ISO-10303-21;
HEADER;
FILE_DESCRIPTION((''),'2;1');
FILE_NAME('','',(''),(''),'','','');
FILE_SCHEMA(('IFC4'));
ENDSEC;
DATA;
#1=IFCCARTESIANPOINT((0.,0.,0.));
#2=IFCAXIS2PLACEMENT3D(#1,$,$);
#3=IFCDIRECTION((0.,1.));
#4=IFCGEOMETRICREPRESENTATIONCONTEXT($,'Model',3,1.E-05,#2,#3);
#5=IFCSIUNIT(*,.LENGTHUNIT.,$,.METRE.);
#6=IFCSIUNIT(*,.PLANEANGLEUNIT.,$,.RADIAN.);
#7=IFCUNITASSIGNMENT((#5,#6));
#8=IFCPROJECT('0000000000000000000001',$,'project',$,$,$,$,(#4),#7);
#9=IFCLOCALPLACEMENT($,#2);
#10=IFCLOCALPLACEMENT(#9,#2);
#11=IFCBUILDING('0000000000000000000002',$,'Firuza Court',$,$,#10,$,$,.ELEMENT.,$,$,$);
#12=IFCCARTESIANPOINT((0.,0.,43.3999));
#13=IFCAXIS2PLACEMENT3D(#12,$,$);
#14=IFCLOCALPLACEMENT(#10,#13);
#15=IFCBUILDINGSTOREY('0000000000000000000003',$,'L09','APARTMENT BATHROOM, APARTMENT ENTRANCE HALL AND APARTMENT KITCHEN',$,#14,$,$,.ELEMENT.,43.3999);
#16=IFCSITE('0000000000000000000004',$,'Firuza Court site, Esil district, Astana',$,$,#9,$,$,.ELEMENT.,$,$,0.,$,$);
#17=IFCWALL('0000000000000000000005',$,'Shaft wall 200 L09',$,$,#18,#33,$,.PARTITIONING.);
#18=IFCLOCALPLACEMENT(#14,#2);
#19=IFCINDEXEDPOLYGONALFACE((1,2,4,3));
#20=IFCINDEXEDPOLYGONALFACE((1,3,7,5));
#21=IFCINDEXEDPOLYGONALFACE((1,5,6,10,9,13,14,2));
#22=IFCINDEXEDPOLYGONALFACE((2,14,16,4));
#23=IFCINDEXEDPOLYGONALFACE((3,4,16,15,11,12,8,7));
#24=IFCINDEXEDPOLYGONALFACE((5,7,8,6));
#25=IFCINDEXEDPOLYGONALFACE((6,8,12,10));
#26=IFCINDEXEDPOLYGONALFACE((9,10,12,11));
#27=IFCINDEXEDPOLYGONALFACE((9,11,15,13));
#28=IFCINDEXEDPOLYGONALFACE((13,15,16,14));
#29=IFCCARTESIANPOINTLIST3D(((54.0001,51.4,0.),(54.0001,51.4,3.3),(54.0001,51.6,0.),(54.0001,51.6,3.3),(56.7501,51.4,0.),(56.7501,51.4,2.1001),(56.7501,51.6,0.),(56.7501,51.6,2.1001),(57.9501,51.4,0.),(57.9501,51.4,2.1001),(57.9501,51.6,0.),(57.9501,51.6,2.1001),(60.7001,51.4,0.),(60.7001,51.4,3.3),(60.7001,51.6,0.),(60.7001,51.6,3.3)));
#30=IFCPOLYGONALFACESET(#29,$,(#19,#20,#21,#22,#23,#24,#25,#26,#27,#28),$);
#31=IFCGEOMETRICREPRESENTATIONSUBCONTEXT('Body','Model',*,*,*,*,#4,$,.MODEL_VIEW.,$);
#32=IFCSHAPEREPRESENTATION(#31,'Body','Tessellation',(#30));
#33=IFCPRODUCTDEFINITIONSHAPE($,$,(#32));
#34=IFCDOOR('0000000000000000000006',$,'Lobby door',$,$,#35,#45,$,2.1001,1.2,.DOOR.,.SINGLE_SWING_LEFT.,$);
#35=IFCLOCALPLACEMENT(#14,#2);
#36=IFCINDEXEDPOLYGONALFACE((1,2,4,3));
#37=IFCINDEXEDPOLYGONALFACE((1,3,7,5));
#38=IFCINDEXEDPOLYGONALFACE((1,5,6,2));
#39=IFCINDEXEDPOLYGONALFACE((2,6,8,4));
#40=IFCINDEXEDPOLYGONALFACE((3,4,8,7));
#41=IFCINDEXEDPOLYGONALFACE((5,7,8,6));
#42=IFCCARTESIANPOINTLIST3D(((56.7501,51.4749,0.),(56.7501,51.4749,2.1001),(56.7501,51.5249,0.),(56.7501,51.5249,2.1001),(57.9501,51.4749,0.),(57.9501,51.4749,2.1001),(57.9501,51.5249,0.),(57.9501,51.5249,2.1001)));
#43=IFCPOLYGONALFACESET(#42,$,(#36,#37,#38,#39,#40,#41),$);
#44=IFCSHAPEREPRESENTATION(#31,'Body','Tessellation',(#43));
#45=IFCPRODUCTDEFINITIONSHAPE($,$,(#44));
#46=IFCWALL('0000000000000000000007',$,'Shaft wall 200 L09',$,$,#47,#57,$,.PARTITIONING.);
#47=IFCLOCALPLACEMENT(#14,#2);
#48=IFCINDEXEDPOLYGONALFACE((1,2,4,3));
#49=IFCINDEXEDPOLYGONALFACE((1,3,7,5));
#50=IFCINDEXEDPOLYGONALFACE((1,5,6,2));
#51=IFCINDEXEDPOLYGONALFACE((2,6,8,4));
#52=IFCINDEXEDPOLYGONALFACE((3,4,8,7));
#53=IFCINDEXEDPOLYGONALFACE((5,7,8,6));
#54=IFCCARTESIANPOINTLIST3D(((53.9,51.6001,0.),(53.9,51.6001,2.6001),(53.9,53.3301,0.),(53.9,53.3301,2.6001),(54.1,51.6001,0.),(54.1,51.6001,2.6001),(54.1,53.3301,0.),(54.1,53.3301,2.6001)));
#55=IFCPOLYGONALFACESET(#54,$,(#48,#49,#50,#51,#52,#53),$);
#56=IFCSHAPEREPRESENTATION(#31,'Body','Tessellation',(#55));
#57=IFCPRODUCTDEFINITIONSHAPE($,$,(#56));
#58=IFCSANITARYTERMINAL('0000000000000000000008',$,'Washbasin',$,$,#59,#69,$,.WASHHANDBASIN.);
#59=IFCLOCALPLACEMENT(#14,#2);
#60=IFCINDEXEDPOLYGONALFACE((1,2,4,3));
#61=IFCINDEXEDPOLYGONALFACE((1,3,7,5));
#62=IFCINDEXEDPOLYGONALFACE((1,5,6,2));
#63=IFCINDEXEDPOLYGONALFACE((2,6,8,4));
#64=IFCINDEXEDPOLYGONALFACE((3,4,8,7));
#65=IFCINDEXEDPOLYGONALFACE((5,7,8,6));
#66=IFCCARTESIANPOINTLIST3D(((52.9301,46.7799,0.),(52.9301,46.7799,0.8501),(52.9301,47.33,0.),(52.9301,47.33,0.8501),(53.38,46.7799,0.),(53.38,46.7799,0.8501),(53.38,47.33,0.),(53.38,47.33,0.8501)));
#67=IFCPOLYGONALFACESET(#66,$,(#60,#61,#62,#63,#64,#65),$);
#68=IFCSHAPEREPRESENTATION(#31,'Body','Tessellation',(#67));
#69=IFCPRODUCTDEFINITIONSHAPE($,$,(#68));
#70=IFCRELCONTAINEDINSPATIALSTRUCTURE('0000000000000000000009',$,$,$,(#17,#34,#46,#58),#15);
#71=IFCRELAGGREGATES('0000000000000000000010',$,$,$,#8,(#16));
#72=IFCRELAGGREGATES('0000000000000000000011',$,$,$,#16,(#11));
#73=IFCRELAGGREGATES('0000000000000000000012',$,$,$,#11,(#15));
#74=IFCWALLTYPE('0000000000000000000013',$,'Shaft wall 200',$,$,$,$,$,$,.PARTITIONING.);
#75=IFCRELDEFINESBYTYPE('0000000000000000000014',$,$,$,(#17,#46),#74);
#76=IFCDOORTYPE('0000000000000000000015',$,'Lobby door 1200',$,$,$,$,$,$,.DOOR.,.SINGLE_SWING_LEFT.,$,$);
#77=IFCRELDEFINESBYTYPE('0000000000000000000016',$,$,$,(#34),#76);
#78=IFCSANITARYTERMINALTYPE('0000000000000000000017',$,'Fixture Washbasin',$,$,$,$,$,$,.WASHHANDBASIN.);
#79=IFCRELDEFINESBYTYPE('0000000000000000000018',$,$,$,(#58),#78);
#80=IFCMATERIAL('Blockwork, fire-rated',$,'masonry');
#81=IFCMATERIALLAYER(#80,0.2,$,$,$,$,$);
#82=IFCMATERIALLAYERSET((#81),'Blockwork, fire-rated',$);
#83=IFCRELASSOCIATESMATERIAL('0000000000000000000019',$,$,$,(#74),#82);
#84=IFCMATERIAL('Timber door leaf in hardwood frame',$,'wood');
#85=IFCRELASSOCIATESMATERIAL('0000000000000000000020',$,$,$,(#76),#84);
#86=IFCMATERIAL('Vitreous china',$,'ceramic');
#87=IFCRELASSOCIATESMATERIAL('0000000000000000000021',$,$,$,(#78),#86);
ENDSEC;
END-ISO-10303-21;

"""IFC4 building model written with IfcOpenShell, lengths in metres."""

from ifc_helpers import new_model, si_unit, direction, frame, frame_2d, origin, origin_2d, place, context, subcontext, project, spatial, rectangle, extrude, material, layer, layer_set, type_object, element, fill, save


model = new_model("IFC4")

# Units and contexts
model_context = context("Model", 3, precision=1e-05, world=origin(), true_north=direction((0.0, 1.0)))
body_context = subcontext(model_context, "Body", "Model", "MODEL_VIEW")
ifc_project = project(units=[si_unit("LENGTHUNIT", "METRE"), si_unit("PLANEANGLEUNIT", "RADIAN")], contexts=[model_context])

# Site, building, storey
site_placement = place(None, origin())
site = spatial("IfcSite", under=ifc_project, at=site_placement, Name="Firuza Court site, Esil district, Astana", CompositionType="ELEMENT", RefElevation=0.0)
building_placement = place(site_placement, origin())
building = spatial("IfcBuilding", under=site, at=building_placement, Name="Firuza Court", CompositionType="ELEMENT")
storey_placement = place(building_placement, frame((0.0, 0.0, 43.3999)))
storey = spatial("IfcBuildingStorey", under=building, at=storey_placement, Name="L09", Description="APARTMENT BATHROOM, APARTMENT ENTRANCE HALL AND APARTMENT KITCHEN", CompositionType="ELEMENT", Elevation=43.3999)

# Shared definitions
ifc_material_1 = material(Name="Blockwork, fire-rated", Category="masonry")
ifc_layer_1 = layer(ifc_material_1, 0.2)
ifc_layer_set_1 = layer_set([ifc_layer_1], Name="Blockwork, fire-rated")
wall_type_1 = type_object("IfcWallType", Name="Shaft wall 200", PredefinedType="PARTITIONING", material=ifc_layer_set_1)
ifc_material_2 = material(Name="Timber door leaf in hardwood frame", Category="wood")
door_type_1 = type_object("IfcDoorType", Name="Lobby door 1200", OperationType="SINGLE_SWING_LEFT", PredefinedType="DOOR", material=ifc_material_2)

# Wall, opening, door
wall_1_placement = place(storey_placement, frame((54.0, 51.5, 0.0), z_axis=(0.0, 0.0, 1.0), x_axis=(1.0, 0.0, 0.0)))
wall_1 = element("IfcWall", 1, at=wall_1_placement, inside=storey, type_object=wall_type_1, Name="Shaft wall 200 L09", PredefinedType="PARTITIONING", context=body_context, shape_type="SweptSolid", body=[
    extrude(rectangle(XDim=6.7, YDim=0.2, at=frame_2d((3.3501, 0.0))), origin(), (0.0, 0.0, 1.0), 3.3),
])
opening_1_placement = place(wall_1_placement, frame((2.75, 0.0, 0.0)))
opening_1 = element("IfcOpeningElement", 2, at=opening_1_placement, cuts=wall_1, PredefinedType="OPENING", context=body_context, shape_type="SweptSolid", body=[
    extrude(rectangle(XDim=1.2, YDim=2.1001, at=frame_2d((0.6001, 1.05))), frame((0.0, 0.1118, 0.0), z_axis=(0.0, -1.0, 0.0), x_axis=(1.0, 0.0, 0.0)), (0.0, 0.0, 1.0), 0.2239),
])
door_1_placement = place(opening_1_placement, origin())
door_1 = element("IfcDoor", 3, at=door_1_placement, inside=storey, type_object=door_type_1, Name="Lobby door", OperationType="SINGLE_SWING_LEFT", OverallHeight=2.1001, OverallWidth=1.2, PredefinedType="DOOR", context=body_context, shape_type="SweptSolid", body=[
    extrude(rectangle(XDim=1.2, YDim=2.1001, at=frame_2d((0.6001, 1.05))), frame((0.0, 0.0249, 0.0), z_axis=(0.0, -1.0, 0.0), x_axis=(1.0, 0.0, 0.0)), (0.0, 0.0, 1.0), 0.05),
])
fill(opening_1, door_1)

# Wall
wall_2_placement = place(storey_placement, frame((54.0, 51.6001, 0.0), z_axis=(0.0, 0.0, 1.0), x_axis=(0.0, 1.0, 0.0)))
element("IfcWall", 4, at=wall_2_placement, inside=storey, type_object=wall_type_1, Name="Shaft wall 200 L09", PredefinedType="PARTITIONING", context=body_context, shape_type="SweptSolid", body=[
    extrude(rectangle(XDim=1.73, YDim=0.2, at=frame_2d((0.865, 0.0))), origin(), (0.0, 0.0, 1.0), 2.6001),
])

# Sanitary terminal
ifc_material_3 = material(Name="Vitreous china", Category="ceramic")
sanitary_terminal_type = type_object("IfcSanitaryTerminalType", Name="Fixture Washbasin", PredefinedType="WASHHANDBASIN", material=ifc_material_3)
sanitary_terminal_placement = place(storey_placement, frame((53.155, 47.0549, 0.0), z_axis=(0.0, 0.0, 1.0), x_axis=(1.0, 0.0, 0.0)))
element("IfcSanitaryTerminal", 5, at=sanitary_terminal_placement, inside=storey, type_object=sanitary_terminal_type, Name="Washbasin", PredefinedType="WASHHANDBASIN", context=body_context, shape_type="SweptSolid", body=[
    extrude(rectangle(XDim=0.45, YDim=0.55, at=origin_2d()), origin(), (0.0, 0.0, 1.0), 0.8501),
])

save(model, "model.ifc")
